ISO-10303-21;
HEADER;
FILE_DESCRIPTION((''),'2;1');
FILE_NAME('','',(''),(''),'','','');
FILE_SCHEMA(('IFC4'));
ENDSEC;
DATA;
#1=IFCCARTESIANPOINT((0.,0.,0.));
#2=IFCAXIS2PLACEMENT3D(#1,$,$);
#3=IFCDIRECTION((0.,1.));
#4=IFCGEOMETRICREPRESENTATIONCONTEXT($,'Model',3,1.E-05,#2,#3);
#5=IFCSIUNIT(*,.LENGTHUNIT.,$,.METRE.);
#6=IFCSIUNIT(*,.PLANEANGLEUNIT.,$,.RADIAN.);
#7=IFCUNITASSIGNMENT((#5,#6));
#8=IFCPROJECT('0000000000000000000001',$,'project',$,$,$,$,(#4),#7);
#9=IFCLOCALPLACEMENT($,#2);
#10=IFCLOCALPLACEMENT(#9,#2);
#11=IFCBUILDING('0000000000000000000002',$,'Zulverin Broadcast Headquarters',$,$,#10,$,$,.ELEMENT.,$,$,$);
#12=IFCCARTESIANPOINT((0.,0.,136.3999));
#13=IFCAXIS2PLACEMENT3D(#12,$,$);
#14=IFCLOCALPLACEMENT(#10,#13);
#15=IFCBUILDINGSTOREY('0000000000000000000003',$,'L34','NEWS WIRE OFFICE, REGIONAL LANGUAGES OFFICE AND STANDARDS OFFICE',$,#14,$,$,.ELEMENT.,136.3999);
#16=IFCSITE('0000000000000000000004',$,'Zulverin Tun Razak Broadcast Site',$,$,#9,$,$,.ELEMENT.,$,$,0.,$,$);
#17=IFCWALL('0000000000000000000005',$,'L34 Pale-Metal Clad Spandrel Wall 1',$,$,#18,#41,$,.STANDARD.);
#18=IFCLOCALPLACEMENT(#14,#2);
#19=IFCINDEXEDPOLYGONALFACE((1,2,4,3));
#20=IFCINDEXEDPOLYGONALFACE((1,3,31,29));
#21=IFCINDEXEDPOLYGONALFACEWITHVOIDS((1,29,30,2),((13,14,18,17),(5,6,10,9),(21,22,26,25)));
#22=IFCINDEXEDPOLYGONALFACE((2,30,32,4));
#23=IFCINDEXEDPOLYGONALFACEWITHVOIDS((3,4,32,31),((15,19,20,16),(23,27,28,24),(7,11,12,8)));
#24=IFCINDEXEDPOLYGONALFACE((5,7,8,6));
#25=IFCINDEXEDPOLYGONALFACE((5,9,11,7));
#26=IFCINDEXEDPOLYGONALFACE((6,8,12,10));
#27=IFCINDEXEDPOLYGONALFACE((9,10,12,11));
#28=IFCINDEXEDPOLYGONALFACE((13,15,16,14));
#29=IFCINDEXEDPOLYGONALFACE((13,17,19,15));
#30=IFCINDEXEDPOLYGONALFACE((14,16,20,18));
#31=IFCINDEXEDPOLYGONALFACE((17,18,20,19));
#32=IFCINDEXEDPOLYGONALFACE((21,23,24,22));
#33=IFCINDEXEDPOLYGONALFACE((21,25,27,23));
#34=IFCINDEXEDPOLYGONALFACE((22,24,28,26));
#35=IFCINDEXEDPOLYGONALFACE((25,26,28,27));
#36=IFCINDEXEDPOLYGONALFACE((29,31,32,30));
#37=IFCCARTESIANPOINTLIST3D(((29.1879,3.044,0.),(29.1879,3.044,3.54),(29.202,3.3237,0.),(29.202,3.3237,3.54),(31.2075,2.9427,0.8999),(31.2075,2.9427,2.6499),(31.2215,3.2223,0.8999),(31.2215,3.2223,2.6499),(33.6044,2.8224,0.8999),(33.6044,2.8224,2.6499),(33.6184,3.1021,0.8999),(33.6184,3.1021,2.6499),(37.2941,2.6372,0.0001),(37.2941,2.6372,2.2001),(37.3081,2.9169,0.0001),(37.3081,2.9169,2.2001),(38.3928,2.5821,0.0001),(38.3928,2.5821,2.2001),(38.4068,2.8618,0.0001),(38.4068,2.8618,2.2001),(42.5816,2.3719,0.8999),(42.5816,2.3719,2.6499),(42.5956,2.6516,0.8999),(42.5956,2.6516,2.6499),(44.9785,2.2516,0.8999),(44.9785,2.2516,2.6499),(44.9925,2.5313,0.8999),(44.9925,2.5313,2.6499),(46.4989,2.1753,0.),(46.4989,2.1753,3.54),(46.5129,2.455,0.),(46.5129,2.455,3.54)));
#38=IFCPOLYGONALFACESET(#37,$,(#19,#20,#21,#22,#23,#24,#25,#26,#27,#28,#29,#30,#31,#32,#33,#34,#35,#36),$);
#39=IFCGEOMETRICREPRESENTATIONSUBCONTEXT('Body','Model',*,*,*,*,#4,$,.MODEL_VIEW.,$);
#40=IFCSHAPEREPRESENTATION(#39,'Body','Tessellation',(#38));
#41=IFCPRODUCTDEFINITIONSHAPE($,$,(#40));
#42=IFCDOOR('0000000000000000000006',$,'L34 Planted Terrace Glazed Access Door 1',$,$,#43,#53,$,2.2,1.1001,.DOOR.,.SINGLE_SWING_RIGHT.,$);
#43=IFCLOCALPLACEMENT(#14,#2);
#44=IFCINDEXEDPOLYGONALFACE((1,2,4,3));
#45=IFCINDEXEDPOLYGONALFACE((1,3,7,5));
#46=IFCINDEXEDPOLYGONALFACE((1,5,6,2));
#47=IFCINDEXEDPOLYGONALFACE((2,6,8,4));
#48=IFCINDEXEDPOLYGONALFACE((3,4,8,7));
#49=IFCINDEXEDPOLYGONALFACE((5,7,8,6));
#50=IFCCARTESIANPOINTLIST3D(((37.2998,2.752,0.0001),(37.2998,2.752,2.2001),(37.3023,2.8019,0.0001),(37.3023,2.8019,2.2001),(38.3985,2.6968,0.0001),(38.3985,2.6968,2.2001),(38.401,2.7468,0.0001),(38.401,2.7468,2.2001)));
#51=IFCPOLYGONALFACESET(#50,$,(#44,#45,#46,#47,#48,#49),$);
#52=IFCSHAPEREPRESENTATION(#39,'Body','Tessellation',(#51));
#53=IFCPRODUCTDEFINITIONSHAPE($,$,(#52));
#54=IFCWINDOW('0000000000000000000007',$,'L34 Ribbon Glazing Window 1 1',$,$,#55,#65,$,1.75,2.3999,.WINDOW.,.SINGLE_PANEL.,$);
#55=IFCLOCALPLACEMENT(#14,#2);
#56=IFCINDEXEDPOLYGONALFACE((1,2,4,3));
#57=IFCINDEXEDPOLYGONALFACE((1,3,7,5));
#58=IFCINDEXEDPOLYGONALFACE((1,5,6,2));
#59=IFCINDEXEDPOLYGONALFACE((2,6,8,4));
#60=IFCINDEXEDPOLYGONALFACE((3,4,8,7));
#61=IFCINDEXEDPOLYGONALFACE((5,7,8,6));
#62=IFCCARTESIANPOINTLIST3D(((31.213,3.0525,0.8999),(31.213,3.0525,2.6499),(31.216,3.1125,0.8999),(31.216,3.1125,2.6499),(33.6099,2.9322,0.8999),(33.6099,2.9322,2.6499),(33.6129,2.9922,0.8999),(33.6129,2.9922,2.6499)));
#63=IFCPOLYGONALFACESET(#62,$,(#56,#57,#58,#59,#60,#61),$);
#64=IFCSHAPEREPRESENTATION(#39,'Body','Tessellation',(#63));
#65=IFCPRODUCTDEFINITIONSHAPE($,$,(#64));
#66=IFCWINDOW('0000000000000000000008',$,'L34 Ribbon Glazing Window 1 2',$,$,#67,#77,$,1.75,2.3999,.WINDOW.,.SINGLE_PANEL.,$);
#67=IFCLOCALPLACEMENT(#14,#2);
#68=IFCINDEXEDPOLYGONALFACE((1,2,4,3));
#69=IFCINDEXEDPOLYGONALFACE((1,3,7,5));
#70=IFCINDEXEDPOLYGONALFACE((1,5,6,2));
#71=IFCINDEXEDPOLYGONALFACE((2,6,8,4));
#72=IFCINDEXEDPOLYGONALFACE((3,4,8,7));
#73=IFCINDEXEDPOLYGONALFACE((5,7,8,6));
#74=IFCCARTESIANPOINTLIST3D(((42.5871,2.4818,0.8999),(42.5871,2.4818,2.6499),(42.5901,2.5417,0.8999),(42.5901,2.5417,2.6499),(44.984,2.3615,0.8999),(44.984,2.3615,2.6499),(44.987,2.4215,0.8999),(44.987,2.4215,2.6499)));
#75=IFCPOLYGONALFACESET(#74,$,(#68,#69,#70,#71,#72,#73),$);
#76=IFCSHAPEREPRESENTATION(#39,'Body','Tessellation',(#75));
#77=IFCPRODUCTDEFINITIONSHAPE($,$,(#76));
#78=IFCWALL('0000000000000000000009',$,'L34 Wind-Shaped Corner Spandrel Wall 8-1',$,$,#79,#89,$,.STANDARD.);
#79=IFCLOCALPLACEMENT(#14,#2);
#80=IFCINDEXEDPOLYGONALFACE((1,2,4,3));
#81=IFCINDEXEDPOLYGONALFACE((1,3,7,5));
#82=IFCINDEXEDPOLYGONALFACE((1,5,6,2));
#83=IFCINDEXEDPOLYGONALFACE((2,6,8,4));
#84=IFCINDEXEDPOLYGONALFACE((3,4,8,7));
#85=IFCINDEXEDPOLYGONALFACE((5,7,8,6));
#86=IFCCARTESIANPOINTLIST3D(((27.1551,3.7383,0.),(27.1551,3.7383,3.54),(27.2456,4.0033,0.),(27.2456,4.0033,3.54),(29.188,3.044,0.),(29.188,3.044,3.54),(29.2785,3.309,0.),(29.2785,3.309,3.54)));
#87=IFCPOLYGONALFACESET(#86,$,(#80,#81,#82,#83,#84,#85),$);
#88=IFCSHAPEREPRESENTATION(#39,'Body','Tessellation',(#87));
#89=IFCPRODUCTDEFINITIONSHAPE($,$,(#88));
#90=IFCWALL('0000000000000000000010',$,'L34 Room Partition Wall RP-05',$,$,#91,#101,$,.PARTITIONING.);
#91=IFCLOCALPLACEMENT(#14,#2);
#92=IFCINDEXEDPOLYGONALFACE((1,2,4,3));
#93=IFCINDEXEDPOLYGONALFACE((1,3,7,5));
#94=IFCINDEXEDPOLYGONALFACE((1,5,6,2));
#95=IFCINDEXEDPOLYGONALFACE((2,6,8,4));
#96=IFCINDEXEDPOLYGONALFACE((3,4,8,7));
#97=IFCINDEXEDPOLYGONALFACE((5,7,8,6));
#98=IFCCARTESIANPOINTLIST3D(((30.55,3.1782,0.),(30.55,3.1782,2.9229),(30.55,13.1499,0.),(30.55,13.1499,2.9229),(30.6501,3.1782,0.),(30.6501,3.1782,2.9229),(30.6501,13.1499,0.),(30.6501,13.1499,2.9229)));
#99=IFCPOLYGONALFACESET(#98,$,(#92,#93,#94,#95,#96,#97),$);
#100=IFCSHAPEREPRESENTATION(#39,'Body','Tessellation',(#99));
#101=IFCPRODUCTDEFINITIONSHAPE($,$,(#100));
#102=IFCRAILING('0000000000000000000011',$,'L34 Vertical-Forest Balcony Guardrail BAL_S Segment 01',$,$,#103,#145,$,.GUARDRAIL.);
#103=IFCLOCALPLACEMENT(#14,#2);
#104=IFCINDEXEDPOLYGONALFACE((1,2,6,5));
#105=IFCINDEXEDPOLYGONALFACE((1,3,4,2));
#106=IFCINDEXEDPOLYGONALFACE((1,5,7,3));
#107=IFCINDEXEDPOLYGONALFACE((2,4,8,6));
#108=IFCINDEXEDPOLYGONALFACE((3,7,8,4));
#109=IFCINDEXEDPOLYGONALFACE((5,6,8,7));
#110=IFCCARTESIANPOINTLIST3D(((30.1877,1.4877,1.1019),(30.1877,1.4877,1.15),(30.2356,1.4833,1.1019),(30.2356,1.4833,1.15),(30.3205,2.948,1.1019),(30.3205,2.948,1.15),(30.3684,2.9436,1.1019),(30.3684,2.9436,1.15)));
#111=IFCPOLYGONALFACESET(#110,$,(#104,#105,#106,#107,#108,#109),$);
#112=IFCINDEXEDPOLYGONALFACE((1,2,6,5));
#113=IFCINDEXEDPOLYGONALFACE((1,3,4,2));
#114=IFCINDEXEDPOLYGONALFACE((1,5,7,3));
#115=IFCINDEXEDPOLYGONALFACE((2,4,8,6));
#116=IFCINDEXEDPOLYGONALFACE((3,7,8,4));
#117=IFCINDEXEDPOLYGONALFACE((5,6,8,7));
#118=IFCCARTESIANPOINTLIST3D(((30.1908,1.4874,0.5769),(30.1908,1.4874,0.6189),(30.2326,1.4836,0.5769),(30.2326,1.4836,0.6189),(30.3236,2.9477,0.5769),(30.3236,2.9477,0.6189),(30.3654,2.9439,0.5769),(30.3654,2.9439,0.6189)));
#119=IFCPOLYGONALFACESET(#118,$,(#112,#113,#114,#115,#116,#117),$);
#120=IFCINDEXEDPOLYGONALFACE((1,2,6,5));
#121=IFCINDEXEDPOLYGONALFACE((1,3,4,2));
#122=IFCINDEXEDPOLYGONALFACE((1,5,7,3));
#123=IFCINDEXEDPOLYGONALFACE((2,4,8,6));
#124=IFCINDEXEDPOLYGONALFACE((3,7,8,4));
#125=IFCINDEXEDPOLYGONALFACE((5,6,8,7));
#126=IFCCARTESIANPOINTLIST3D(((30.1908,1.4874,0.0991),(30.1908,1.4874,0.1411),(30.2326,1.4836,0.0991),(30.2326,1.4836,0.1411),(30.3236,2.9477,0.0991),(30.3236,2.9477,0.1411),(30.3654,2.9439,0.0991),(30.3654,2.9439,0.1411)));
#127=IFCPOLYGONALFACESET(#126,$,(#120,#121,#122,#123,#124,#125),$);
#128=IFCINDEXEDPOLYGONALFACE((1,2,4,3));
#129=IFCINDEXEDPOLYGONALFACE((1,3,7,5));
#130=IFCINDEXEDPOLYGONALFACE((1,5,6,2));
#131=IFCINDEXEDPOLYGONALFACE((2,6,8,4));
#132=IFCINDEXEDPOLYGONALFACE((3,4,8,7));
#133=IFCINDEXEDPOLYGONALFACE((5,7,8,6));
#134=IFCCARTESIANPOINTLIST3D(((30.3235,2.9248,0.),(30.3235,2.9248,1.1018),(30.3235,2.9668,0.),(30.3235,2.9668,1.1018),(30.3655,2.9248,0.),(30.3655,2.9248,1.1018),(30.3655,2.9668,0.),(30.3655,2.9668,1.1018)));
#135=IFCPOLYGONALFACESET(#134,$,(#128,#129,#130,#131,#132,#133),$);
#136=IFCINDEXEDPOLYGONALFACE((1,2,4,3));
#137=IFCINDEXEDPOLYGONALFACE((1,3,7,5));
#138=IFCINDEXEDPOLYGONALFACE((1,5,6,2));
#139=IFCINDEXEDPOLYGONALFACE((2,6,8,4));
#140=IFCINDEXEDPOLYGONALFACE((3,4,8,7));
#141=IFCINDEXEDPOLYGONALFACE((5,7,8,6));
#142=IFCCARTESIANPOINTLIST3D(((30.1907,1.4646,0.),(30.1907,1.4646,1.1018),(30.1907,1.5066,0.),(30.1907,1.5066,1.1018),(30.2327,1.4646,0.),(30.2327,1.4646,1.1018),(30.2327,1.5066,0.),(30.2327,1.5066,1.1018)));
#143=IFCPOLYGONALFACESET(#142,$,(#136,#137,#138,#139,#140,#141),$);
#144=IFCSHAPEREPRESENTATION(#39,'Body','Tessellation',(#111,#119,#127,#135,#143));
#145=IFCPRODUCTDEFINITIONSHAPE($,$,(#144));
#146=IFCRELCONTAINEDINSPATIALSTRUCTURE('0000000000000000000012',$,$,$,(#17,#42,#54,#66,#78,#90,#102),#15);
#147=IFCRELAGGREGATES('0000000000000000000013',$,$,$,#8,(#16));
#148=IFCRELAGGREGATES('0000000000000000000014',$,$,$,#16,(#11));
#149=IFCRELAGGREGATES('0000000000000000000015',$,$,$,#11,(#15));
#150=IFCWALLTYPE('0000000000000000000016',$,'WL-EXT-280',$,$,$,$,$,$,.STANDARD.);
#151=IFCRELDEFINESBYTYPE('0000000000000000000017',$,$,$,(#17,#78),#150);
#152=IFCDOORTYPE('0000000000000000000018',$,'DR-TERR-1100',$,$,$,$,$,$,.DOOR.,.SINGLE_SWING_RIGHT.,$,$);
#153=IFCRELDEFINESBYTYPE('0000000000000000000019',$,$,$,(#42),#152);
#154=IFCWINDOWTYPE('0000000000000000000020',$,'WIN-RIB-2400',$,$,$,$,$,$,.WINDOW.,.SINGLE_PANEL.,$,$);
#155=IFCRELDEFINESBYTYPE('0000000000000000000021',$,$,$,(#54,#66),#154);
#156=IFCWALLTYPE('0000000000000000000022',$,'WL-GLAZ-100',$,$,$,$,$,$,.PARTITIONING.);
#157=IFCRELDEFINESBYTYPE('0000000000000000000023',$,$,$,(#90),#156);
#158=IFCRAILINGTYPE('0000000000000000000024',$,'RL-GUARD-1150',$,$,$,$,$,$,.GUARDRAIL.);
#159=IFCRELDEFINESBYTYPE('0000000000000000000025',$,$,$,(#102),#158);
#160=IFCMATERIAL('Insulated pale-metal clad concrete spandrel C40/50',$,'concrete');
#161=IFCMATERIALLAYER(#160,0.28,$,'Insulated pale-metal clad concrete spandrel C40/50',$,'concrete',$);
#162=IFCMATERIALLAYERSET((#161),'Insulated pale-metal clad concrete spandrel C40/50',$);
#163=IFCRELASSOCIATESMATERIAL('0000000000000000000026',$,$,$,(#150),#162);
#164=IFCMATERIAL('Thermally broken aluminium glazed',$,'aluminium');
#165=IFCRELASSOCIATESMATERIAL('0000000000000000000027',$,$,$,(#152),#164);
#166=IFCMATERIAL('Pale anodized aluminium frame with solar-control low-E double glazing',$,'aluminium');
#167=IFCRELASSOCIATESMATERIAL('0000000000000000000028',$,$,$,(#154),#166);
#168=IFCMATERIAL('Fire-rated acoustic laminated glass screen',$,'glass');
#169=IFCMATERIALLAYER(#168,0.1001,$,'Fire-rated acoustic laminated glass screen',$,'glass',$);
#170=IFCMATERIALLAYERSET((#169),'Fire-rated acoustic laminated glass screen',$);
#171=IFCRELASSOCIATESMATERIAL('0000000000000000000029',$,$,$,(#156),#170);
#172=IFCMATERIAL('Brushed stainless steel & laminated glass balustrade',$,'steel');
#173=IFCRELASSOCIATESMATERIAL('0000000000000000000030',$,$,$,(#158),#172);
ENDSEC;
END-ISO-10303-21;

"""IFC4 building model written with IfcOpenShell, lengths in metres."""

from ifc_helpers import new_model, si_unit, direction, frame, frame_2d, origin, origin_2d, place, context, subcontext, project, spatial, rectangle, extrude, material, layer, layer_set, type_object, element, fill, save


model = new_model("IFC4")

# Units and contexts
model_context = context("Model", 3, precision=1e-05, world=origin(), true_north=direction((0.0, 1.0)))
body_context = subcontext(model_context, "Body", "Model", "MODEL_VIEW")
ifc_project = project(units=[si_unit("LENGTHUNIT", "METRE"), si_unit("PLANEANGLEUNIT", "RADIAN")], contexts=[model_context])

# Site, building, storey
site_placement = place(None, origin())
site = spatial("IfcSite", under=ifc_project, at=site_placement, Name="Zulverin Tun Razak Broadcast Site", CompositionType="ELEMENT", RefElevation=0.0)
building_placement = place(site_placement, origin())
building = spatial("IfcBuilding", under=site, at=building_placement, Name="Zulverin Broadcast Headquarters", CompositionType="ELEMENT")
storey_placement = place(building_placement, frame((0.0, 0.0, 136.3999)))
storey = spatial("IfcBuildingStorey", under=building, at=storey_placement, Name="L34", Description="NEWS WIRE OFFICE, REGIONAL LANGUAGES OFFICE AND STANDARDS OFFICE", CompositionType="ELEMENT", Elevation=136.3999)

# Wall, openings, door, windows
ifc_material_1 = material(Name="Insulated pale-metal clad concrete spandrel C40/50", Category="concrete")
ifc_layer_1 = layer(ifc_material_1, 0.28, Name="Insulated pale-metal clad concrete spandrel C40/50", Category="concrete")
ifc_layer_set_1 = layer_set([ifc_layer_1], Name="Insulated pale-metal clad concrete spandrel C40/50")
wall_type_1 = type_object("IfcWallType", Name="WL-EXT-280", PredefinedType="STANDARD", material=ifc_layer_set_1)
wall_1_placement = place(storey_placement, frame((29.1948, 3.1838, 0.0), z_axis=(0.0, 0.0, 1.0), x_axis=(0.998743, -0.050116, 0.0)))
wall_1 = element("IfcWall", 1, at=wall_1_placement, inside=storey, type_object=wall_type_1, Name="L34 Pale-Metal Clad Spandrel Wall 1", PredefinedType="STANDARD", context=body_context, shape_type="SweptSolid", body=[
    extrude(rectangle(XDim=17.3328, YDim=0.28, at=frame_2d((8.6665, 0.0))), origin(), (0.0, 0.0, 1.0), 3.54),
])
opening_1_placement = place(wall_1_placement, frame((8.1165, 0.0, 0.0)))
opening_1 = element("IfcOpeningElement", 2, at=opening_1_placement, cuts=wall_1, PredefinedType="OPENING", context=body_context, shape_type="SweptSolid", body=[
    extrude(rectangle(XDim=1.1001, YDim=2.2, at=frame_2d((0.55, 1.1001))), frame((0.0, 0.1499, 0.0), z_axis=(0.0, -1.0, 0.0), x_axis=(1.0, 0.0, 0.0)), (0.0, 0.0, 1.0), 0.3),
])
opening_2_placement = place(wall_1_placement, frame((2.0222, 0.0, 0.8999)))
opening_2 = element("IfcOpeningElement", 3, at=opening_2_placement, cuts=wall_1, PredefinedType="OPENING", context=body_context, shape_type="SweptSolid", body=[
    extrude(rectangle(XDim=2.3999, YDim=1.75, at=frame_2d((1.2, 0.875))), frame((0.0, 0.1499, 0.0), z_axis=(0.0, -1.0, 0.0), x_axis=(1.0, 0.0, 0.0)), (0.0, 0.0, 1.0), 0.3),
])
opening_3_placement = place(wall_1_placement, frame((13.4106, 0.0, 0.8999)))
opening_3 = element("IfcOpeningElement", 4, at=opening_3_placement, cuts=wall_1, PredefinedType="OPENING", context=body_context, shape_type="SweptSolid", body=[
    extrude(rectangle(XDim=2.3999, YDim=1.75, at=frame_2d((1.2, 0.875))), frame((0.0, 0.1499, 0.0), z_axis=(0.0, -1.0, 0.0), x_axis=(1.0, 0.0, 0.0)), (0.0, 0.0, 1.0), 0.3),
])
ifc_material_2 = material(Name="Thermally broken aluminium glazed", Category="aluminium")
door_type = type_object("IfcDoorType", Name="DR-TERR-1100", OperationType="SINGLE_SWING_RIGHT", PredefinedType="DOOR", material=ifc_material_2)
door_placement = place(opening_1_placement, origin())
door = element("IfcDoor", 5, at=door_placement, inside=storey, type_object=door_type, Name="L34 Planted Terrace Glazed Access Door 1", OperationType="SINGLE_SWING_RIGHT", OverallHeight=2.2, OverallWidth=1.1001, PredefinedType="DOOR", context=body_context, shape_type="SweptSolid", body=[
    extrude(rectangle(XDim=1.1001, YDim=2.2, at=frame_2d((0.55, 1.1001))), frame((0.0, 0.0249, 0.0), z_axis=(0.0, -1.0, 0.0), x_axis=(1.0, 0.0, 0.0)), (0.0, 0.0, 1.0), 0.05),
])
fill(opening_1, door)
ifc_material_3 = material(Name="Pale anodized aluminium frame with solar-control low-E double glazing", Category="aluminium")
window_type = type_object("IfcWindowType", Name="WIN-RIB-2400", PartitioningType="SINGLE_PANEL", PredefinedType="WINDOW", material=ifc_material_3)
window_1_placement = place(opening_2_placement, origin())
window_1 = element("IfcWindow", 6, at=window_1_placement, inside=storey, type_object=window_type, Name="L34 Ribbon Glazing Window 1 1", OverallHeight=1.75, OverallWidth=2.3999, PartitioningType="SINGLE_PANEL", PredefinedType="WINDOW", context=body_context, shape_type="SweptSolid", body=[
    extrude(rectangle(XDim=2.3999, YDim=1.75, at=frame_2d((1.2, 0.875))), frame((0.0, 0.03, 0.0), z_axis=(0.0, -1.0, 0.0), x_axis=(1.0, 0.0, 0.0)), (0.0, 0.0, 1.0), 0.0601),
])
fill(opening_2, window_1)
window_2_placement = place(opening_3_placement, origin())
window_2 = element("IfcWindow", 7, at=window_2_placement, inside=storey, type_object=window_type, Name="L34 Ribbon Glazing Window 1 2", OverallHeight=1.75, OverallWidth=2.3999, PartitioningType="SINGLE_PANEL", PredefinedType="WINDOW", context=body_context, shape_type="SweptSolid", body=[
    extrude(rectangle(XDim=2.3999, YDim=1.75, at=frame_2d((1.2, 0.875))), frame((0.0, 0.03, 0.0), z_axis=(0.0, -1.0, 0.0), x_axis=(1.0, 0.0, 0.0)), (0.0, 0.0, 1.0), 0.0601),
])
fill(opening_3, window_2)

# Walls
wall_2_placement = place(storey_placement, frame((27.2002, 3.8708, 0.0), z_axis=(0.0, 0.0, 1.0), x_axis=(0.946328, -0.323208, 0.0)))
element("IfcWall", 8, at=wall_2_placement, inside=storey, type_object=wall_type_1, Name="L34 Wind-Shaped Corner Spandrel Wall 8-1", PredefinedType="STANDARD", context=body_context, shape_type="SweptSolid", body=[
    extrude(rectangle(XDim=2.1482, YDim=0.28, at=frame_2d((1.0742, 0.0))), origin(), (0.0, 0.0, 1.0), 3.54),
])
ifc_material_4 = material(Name="Fire-rated acoustic laminated glass screen", Category="glass")
ifc_layer_2 = layer(ifc_material_4, 0.1001, Name="Fire-rated acoustic laminated glass screen", Category="glass")
ifc_layer_set_2 = layer_set([ifc_layer_2], Name="Fire-rated acoustic laminated glass screen")
wall_type_2 = type_object("IfcWallType", Name="WL-GLAZ-100", PredefinedType="PARTITIONING", material=ifc_layer_set_2)
wall_3_placement = place(storey_placement, frame((30.6001, 3.1782, 0.0), z_axis=(0.0, 0.0, 1.0), x_axis=(0.0, 1.0, 0.0)))
element("IfcWall", 9, at=wall_3_placement, inside=storey, type_object=wall_type_2, Name="L34 Room Partition Wall RP-05", PredefinedType="PARTITIONING", context=body_context, shape_type="SweptSolid", body=[
    extrude(rectangle(XDim=9.9717, YDim=0.1001, at=frame_2d((4.9858, 0.0))), origin(), (0.0, 0.0, 1.0), 2.9229),
])

# Railing
ifc_material_5 = material(Name="Brushed stainless steel & laminated glass balustrade", Category="steel")
railing_type = type_object("IfcRailingType", Name="RL-GUARD-1150", PredefinedType="GUARDRAIL", material=ifc_material_5)
railing_1_placement = place(storey_placement, frame((30.3445, 2.9458, 0.0)))
element("IfcRailing", 10, at=railing_1_placement, inside=storey, type_object=railing_type, Name="L34 Vertical-Forest Balcony Guardrail BAL_S Segment 01", PredefinedType="GUARDRAIL", context=body_context, shape_type="SweptSolid", body=[
    extrude(rectangle(XDim=0.0481, YDim=0.0481, at=origin_2d()), frame((0.0, 0.0, 1.126), z_axis=(-0.090581, -0.995889, 0.0), x_axis=(0.995889, -0.090581, 0.0)), (0.0, 0.0, 1.0), 1.4663),
    extrude(rectangle(XDim=0.042, YDim=0.042, at=origin_2d()), frame((0.0, 0.0, 0.5979), z_axis=(-0.090581, -0.995889, 0.0), x_axis=(0.995889, -0.090581, 0.0)), (0.0, 0.0, 1.0), 1.4663),
    extrude(rectangle(XDim=0.042, YDim=0.042, at=origin_2d()), frame((0.0, 0.0, 0.1201), z_axis=(-0.090581, -0.995889, 0.0), x_axis=(0.995889, -0.090581, 0.0)), (0.0, 0.0, 1.0), 1.4663),
    extrude(rectangle(XDim=0.042, YDim=0.042, at=origin_2d()), origin(), (0.0, 0.0, 1.0), 1.1018),
    extrude(rectangle(XDim=0.042, YDim=0.042, at=origin_2d()), frame((-0.1328, -1.4602, 0.0)), (0.0, 0.0, 1.0), 1.1018),
])

save(model, "model.ifc")
